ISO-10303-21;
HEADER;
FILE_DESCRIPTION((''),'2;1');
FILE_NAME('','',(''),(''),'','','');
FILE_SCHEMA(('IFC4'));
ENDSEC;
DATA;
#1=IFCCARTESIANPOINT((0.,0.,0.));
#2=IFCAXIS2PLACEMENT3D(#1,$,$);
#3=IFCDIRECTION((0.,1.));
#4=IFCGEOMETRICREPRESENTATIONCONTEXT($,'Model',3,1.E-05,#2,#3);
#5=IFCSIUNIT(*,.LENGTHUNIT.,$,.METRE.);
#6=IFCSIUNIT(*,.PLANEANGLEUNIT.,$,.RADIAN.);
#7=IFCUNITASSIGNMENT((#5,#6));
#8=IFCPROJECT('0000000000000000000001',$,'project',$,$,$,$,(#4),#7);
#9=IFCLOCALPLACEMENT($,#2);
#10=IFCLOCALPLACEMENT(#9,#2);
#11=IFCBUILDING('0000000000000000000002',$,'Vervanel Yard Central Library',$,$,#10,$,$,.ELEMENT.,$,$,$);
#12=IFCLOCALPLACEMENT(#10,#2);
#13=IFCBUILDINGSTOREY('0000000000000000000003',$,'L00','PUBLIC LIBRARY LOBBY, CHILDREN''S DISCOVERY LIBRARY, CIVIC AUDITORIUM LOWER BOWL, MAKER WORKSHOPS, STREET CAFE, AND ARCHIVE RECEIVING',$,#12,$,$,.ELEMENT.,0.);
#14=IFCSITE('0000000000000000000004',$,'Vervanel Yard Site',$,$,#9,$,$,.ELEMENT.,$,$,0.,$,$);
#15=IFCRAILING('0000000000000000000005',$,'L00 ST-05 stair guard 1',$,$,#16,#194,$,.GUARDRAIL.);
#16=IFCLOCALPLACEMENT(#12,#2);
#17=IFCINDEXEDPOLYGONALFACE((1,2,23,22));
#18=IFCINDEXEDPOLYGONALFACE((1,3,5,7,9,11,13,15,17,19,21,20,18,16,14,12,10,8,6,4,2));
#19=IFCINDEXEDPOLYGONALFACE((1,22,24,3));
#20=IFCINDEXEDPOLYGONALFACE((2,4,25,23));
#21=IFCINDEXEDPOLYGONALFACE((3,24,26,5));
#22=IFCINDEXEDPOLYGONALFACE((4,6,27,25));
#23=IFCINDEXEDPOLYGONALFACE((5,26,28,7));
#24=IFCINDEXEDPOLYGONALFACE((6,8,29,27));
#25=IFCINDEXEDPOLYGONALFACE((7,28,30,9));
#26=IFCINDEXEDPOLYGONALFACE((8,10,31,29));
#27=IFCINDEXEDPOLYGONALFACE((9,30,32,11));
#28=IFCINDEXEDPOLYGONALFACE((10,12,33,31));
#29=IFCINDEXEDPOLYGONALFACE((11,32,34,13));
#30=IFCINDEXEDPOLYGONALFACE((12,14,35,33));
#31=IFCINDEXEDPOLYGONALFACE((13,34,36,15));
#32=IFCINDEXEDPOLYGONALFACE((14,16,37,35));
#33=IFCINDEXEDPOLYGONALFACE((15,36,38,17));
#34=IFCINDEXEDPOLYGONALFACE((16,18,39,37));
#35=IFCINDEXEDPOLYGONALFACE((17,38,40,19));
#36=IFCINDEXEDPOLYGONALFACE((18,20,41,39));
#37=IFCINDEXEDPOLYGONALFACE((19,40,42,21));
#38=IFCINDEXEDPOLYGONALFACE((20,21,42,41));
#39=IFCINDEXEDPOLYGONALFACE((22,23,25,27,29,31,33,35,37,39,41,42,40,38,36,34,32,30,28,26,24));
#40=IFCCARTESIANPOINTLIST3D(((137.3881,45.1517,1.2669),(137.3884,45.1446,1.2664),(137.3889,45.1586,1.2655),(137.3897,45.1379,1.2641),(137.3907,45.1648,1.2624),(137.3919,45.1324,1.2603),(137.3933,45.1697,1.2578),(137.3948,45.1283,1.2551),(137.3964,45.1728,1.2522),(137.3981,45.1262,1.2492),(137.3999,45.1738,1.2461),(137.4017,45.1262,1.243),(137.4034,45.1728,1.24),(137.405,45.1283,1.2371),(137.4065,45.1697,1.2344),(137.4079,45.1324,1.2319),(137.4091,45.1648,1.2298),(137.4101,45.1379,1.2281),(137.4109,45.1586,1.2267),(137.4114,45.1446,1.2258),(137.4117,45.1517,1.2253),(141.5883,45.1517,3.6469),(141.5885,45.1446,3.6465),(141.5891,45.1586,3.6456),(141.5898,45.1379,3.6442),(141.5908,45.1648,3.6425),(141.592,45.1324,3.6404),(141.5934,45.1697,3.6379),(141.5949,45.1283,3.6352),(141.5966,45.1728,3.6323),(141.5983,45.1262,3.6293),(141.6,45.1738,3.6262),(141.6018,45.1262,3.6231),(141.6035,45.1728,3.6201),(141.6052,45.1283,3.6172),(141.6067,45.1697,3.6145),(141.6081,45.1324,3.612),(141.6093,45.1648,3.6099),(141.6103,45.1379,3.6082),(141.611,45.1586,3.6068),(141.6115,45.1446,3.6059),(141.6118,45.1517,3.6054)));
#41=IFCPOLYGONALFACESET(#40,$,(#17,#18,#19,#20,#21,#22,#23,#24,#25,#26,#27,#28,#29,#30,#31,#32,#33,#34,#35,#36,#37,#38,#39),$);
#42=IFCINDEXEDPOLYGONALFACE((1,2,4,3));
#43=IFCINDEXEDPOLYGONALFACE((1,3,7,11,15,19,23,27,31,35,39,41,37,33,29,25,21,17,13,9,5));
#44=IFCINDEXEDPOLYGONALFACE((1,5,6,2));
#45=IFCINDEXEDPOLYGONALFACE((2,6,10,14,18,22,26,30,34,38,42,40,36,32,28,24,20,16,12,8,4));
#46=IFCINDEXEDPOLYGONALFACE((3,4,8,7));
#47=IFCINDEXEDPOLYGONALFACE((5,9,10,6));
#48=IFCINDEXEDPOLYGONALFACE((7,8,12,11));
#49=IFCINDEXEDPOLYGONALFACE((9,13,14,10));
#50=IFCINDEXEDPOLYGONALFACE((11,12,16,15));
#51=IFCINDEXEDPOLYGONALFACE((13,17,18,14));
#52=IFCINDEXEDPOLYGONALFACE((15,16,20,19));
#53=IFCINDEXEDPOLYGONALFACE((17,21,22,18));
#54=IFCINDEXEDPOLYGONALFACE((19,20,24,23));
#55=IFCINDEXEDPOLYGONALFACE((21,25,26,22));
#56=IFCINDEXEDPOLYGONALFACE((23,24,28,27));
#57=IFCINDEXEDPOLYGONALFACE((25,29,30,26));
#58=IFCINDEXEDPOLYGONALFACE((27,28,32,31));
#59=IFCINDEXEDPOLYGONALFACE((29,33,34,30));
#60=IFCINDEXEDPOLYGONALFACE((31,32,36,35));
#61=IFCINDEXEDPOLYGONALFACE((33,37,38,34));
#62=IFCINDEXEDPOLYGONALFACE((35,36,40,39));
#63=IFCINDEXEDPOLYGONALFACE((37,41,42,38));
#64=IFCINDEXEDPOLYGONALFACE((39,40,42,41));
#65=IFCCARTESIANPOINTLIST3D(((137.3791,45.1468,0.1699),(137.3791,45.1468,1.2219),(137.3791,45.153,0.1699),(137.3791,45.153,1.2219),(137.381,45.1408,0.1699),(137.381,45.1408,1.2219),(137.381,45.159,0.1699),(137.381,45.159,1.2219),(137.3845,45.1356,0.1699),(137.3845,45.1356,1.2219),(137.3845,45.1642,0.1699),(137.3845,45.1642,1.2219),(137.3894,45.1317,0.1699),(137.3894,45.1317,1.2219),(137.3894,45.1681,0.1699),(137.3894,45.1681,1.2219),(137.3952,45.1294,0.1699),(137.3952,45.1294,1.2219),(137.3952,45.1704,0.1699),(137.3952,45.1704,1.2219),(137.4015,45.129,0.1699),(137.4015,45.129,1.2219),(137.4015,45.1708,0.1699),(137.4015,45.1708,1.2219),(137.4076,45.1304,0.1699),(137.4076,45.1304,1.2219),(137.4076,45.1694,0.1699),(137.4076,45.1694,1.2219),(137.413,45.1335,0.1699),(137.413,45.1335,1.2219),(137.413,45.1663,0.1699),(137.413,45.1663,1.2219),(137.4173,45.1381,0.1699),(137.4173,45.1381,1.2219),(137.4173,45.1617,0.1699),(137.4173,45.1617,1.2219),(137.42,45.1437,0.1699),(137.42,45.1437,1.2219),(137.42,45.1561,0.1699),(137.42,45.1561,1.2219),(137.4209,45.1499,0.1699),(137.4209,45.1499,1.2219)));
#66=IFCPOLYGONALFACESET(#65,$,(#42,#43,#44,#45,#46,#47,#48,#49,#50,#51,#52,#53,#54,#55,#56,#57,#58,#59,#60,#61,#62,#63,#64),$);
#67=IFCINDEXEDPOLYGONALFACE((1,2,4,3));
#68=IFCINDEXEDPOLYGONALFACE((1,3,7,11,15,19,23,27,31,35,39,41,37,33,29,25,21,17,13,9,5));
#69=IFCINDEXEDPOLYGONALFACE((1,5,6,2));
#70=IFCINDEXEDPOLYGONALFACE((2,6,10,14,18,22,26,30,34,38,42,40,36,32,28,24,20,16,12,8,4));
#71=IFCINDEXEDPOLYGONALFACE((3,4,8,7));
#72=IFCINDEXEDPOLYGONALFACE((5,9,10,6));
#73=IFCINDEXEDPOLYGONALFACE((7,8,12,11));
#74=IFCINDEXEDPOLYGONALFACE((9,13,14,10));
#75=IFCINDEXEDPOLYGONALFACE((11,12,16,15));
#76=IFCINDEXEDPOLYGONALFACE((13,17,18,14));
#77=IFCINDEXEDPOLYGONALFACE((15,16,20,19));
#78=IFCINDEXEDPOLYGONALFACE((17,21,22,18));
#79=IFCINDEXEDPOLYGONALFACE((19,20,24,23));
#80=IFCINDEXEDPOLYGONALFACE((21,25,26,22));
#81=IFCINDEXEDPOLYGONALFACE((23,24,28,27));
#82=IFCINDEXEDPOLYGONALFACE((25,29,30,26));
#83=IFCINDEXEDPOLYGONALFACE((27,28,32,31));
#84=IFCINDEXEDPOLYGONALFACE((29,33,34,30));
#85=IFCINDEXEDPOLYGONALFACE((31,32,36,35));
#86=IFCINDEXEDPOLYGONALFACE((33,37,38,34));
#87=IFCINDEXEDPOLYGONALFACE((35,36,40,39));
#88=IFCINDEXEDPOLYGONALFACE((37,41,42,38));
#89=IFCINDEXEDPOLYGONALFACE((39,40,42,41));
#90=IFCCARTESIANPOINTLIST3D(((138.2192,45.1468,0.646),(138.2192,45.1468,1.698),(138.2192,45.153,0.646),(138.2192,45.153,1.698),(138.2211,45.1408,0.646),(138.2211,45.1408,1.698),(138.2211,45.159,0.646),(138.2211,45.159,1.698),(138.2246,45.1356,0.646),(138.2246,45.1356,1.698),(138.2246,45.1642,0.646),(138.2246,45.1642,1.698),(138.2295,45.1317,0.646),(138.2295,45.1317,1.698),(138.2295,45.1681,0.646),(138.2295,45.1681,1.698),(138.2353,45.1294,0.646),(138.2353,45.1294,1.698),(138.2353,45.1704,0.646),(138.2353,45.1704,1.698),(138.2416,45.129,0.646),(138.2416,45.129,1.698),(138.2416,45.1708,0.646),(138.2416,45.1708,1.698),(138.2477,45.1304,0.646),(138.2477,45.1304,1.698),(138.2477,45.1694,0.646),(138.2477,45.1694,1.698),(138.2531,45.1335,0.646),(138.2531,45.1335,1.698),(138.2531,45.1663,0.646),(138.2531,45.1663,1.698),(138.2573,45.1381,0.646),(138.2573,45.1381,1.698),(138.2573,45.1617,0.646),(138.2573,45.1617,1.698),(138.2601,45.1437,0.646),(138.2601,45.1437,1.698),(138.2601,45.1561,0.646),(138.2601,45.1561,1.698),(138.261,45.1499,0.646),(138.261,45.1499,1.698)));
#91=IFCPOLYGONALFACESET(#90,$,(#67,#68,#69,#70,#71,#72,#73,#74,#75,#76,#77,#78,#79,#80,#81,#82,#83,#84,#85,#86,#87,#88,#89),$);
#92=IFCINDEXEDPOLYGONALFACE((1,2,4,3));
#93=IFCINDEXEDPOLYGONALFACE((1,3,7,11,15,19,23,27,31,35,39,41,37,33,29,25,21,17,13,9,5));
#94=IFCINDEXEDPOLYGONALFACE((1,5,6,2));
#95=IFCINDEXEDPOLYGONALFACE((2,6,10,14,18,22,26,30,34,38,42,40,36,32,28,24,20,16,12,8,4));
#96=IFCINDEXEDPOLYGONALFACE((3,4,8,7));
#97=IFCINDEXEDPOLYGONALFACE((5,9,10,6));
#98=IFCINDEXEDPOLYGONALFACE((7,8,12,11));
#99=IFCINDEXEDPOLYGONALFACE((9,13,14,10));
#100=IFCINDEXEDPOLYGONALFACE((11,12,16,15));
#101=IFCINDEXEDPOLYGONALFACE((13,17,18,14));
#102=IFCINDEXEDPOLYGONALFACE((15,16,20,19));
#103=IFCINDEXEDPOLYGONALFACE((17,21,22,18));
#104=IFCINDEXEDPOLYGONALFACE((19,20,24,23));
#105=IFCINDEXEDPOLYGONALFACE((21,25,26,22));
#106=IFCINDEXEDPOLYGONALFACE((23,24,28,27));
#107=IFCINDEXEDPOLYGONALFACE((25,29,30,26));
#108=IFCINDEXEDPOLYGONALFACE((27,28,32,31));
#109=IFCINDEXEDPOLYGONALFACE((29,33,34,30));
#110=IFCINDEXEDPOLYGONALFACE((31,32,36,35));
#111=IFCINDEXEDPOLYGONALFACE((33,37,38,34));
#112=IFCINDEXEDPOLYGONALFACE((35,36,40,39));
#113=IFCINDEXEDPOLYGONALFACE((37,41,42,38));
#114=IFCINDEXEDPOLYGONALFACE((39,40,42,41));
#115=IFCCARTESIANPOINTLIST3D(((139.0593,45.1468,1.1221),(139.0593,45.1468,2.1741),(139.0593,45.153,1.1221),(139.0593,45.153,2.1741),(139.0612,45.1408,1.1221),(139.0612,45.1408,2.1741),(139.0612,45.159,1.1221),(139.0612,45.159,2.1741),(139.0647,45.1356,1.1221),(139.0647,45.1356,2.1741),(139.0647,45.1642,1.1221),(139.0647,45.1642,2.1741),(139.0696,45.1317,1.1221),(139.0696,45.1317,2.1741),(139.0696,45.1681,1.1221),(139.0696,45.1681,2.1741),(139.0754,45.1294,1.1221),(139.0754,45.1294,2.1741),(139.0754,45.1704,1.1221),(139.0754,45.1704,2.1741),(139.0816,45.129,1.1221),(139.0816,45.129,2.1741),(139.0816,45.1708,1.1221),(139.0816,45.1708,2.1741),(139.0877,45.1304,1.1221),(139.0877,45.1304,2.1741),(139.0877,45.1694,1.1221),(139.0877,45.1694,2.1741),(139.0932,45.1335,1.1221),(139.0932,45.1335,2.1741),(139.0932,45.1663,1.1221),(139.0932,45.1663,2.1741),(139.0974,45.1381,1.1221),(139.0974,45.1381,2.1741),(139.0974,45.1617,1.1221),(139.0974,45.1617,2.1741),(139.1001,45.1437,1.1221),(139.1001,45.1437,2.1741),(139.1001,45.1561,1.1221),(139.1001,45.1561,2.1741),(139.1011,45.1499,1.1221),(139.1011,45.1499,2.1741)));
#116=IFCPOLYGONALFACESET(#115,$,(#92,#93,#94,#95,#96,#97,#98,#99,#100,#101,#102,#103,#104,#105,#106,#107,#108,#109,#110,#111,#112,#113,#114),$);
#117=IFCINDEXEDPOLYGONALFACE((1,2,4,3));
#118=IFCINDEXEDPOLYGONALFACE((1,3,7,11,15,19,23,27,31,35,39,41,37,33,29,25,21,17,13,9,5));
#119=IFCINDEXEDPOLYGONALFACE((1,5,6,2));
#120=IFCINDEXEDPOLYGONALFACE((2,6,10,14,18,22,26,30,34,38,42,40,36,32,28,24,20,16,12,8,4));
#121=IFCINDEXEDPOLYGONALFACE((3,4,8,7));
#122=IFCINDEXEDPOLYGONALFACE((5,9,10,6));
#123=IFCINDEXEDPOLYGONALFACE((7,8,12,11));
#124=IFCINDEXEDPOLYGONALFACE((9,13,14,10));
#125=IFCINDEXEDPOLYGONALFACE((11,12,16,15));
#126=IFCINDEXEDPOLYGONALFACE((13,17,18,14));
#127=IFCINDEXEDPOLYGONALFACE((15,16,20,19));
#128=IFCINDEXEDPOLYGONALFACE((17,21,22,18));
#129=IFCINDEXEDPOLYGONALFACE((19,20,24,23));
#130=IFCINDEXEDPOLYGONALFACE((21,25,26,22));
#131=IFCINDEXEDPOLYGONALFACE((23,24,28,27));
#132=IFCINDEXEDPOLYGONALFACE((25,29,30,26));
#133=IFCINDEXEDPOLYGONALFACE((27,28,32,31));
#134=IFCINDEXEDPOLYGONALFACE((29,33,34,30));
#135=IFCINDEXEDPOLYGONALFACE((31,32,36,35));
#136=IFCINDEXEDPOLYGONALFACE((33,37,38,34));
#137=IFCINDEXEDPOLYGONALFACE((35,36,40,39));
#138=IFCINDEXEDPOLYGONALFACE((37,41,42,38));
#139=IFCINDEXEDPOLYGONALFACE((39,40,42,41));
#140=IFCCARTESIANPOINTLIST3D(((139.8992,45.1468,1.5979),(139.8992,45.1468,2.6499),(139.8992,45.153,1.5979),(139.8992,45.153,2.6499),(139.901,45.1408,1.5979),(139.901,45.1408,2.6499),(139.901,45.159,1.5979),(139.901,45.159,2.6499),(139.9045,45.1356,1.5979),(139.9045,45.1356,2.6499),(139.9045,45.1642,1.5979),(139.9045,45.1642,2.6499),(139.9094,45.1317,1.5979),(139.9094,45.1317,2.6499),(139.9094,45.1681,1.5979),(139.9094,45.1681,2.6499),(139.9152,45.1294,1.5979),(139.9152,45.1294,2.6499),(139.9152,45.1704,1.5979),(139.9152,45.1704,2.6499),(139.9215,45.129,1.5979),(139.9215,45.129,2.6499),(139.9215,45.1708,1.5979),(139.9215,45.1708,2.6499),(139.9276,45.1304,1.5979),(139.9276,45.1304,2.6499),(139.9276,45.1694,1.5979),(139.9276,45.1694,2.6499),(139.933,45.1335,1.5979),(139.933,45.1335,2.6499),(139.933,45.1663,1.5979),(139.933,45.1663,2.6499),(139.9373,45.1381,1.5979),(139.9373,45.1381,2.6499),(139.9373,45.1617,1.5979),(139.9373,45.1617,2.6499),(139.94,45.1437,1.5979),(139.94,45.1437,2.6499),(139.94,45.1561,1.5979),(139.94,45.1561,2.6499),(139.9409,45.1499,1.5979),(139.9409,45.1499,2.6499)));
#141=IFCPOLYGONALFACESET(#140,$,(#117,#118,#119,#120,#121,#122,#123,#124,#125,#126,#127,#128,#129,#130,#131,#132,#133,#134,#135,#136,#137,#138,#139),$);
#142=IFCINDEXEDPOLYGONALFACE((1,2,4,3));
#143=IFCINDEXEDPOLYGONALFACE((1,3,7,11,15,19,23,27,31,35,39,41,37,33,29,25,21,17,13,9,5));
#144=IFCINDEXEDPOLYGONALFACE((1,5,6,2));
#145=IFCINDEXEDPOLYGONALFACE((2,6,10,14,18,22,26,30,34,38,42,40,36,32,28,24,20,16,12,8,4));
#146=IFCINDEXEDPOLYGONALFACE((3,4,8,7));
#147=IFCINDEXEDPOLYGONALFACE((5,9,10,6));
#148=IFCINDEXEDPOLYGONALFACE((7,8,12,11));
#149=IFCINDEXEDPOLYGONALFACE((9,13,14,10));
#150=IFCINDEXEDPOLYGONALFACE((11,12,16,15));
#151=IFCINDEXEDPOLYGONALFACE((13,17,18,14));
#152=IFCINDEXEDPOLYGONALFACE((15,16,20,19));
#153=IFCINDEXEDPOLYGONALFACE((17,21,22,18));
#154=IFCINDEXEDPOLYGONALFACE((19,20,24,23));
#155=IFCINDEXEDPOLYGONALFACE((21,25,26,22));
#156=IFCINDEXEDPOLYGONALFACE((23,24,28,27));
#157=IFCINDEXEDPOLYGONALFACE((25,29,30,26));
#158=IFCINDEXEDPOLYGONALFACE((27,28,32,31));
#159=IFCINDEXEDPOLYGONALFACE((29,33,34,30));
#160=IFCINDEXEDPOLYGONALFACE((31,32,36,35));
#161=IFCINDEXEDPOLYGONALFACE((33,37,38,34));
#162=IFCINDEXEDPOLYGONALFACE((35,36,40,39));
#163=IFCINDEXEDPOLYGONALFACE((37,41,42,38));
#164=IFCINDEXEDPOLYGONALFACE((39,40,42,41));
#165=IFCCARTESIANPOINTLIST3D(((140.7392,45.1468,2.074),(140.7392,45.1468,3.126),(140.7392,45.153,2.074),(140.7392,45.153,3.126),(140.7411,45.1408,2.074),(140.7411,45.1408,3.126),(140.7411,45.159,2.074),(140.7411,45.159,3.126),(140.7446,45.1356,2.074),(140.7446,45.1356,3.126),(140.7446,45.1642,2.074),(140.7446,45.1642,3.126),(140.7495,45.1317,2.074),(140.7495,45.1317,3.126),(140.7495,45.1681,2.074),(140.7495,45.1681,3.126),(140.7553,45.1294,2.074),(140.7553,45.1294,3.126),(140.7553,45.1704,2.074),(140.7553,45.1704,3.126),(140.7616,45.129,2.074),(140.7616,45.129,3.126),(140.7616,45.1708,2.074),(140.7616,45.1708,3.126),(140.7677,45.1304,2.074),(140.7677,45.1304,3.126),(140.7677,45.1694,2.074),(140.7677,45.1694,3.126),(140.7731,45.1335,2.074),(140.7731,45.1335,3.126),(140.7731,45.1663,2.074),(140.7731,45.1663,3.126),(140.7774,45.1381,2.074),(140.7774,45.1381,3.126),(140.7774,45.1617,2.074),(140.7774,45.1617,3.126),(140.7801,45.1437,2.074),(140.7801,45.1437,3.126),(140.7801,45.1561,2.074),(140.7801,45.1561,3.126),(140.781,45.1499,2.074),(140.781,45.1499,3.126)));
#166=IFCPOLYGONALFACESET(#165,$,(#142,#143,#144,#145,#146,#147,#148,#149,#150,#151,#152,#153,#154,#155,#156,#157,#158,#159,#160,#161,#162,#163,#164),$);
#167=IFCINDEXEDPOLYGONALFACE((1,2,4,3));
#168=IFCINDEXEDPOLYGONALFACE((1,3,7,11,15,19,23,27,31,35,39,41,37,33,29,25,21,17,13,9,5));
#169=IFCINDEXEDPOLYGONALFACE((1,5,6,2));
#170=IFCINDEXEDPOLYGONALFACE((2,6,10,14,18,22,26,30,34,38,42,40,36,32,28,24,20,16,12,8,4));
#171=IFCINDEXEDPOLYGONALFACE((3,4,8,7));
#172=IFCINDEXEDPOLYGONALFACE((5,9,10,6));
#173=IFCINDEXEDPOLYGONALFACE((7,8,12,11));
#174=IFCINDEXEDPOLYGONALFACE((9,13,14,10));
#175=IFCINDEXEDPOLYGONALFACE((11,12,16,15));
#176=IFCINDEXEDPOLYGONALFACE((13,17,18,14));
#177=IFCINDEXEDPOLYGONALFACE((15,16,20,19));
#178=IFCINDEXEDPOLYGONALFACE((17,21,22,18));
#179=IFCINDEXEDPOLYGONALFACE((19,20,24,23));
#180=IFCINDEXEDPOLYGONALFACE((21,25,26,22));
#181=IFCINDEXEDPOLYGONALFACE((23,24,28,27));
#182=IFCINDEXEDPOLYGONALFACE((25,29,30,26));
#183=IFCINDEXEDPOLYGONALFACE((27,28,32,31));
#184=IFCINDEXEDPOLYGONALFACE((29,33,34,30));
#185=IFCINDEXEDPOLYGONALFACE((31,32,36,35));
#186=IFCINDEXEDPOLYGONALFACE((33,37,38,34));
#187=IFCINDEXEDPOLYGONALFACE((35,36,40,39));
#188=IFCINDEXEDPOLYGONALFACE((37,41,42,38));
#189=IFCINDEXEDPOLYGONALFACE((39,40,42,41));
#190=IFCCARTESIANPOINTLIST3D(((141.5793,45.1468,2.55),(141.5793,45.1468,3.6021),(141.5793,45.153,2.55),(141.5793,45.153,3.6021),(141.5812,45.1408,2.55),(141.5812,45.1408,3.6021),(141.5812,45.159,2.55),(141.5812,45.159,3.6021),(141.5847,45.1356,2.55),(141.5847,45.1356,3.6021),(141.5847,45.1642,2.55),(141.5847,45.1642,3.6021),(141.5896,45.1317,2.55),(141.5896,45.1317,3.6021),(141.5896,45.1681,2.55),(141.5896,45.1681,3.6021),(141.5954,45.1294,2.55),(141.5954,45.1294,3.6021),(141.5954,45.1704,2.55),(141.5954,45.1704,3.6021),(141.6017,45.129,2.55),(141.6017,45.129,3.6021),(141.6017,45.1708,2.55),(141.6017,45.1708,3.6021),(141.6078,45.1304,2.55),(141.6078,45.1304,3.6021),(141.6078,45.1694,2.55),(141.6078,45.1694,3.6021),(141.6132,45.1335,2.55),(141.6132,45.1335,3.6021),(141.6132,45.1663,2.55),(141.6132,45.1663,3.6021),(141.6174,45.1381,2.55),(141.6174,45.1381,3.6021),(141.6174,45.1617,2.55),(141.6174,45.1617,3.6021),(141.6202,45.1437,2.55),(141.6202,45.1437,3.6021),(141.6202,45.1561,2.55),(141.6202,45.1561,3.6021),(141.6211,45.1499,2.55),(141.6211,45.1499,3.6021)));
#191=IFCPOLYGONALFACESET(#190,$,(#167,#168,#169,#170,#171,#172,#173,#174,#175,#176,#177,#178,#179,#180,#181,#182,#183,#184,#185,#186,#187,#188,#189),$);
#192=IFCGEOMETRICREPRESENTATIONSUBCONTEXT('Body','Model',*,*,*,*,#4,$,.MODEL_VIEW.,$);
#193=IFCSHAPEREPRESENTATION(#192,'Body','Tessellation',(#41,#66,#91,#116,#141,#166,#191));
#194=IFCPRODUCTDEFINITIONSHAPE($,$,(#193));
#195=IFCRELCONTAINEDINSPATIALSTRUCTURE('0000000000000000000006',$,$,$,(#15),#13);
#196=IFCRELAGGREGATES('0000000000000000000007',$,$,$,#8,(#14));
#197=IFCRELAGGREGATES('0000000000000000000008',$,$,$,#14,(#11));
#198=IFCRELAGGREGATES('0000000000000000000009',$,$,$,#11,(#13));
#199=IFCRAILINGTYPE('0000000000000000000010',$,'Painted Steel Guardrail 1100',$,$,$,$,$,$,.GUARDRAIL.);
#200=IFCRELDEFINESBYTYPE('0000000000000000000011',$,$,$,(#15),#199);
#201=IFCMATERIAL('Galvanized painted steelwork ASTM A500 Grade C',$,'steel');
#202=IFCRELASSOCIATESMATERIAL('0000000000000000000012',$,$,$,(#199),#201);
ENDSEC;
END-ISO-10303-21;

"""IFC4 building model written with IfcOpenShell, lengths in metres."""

from ifc_helpers import new_model, si_unit, direction, frame, origin, origin_2d, place, context, subcontext, project, spatial, circle, extrude, material, type_object, element, save


model = new_model("IFC4")

# Units and contexts
model_context = context("Model", 3, precision=1e-05, world=origin(), true_north=direction((0.0, 1.0)))
body_context = subcontext(model_context, "Body", "Model", "MODEL_VIEW")
ifc_project = project(units=[si_unit("LENGTHUNIT", "METRE"), si_unit("PLANEANGLEUNIT", "RADIAN")], contexts=[model_context])

# Site, building, storey
site_placement = place(None, origin())
site = spatial("IfcSite", under=ifc_project, at=site_placement, Name="Vervanel Yard Site", CompositionType="ELEMENT", RefElevation=0.0)
building_placement = place(site_placement, origin())
building = spatial("IfcBuilding", under=site, at=building_placement, Name="Vervanel Yard Central Library", CompositionType="ELEMENT")
storey_placement = place(building_placement, origin())
storey = spatial("IfcBuildingStorey", under=building, at=storey_placement, Name="L00", Description="PUBLIC LIBRARY LOBBY, CHILDREN'S DISCOVERY LIBRARY, CIVIC AUDITORIUM LOWER BOWL, MAKER WORKSHOPS, STREET CAFE, AND ARCHIVE RECEIVING", CompositionType="ELEMENT", Elevation=0.0)

# Shared definitions
ifc_material_1 = material(Name="Galvanized painted steelwork ASTM A500 Grade C", Category="steel")

# Railing
railing_type_1 = type_object("IfcRailingType", Name="Painted Steel Guardrail 1100", PredefinedType="GUARDRAIL", material=ifc_material_1)
railing_1_placement = place(storey_placement, frame((137.3999, 45.1499, 0.1699)))
element("IfcRailing", 1, at=railing_1_placement, inside=storey, type_object=railing_type_1, Name="L00 ST-05 stair guard 1", PredefinedType="GUARDRAIL", context=body_context, shape_type="SweptSolid", body=[
    extrude(circle(Radius=0.0239, at=origin_2d()), frame((0.0, 0.0, 1.0762), z_axis=(0.870021, 0.0, 0.493015), x_axis=(0.0, 1.0, 0.0)), (0.0, 0.0, 1.0), 4.8276),
    extrude(circle(Radius=0.021, at=origin_2d()), origin(), (0.0, 0.0, 1.0), 1.052),
    extrude(circle(Radius=0.021, at=origin_2d()), frame((0.8401, 0.0, 0.4761)), (0.0, 0.0, 1.0), 1.052),
    extrude(circle(Radius=0.021, at=origin_2d()), frame((1.6802, 0.0, 0.9521)), (0.0, 0.0, 1.0), 1.052),
    extrude(circle(Radius=0.021, at=origin_2d()), frame((2.52, 0.0, 1.428)), (0.0, 0.0, 1.0), 1.052),
    extrude(circle(Radius=0.021, at=origin_2d()), frame((3.3601, 0.0, 1.9041)), (0.0, 0.0, 1.0), 1.052),
    extrude(circle(Radius=0.021, at=origin_2d()), frame((4.2002, 0.0, 2.3801)), (0.0, 0.0, 1.0), 1.052),
])

save(model, "model.ifc")
